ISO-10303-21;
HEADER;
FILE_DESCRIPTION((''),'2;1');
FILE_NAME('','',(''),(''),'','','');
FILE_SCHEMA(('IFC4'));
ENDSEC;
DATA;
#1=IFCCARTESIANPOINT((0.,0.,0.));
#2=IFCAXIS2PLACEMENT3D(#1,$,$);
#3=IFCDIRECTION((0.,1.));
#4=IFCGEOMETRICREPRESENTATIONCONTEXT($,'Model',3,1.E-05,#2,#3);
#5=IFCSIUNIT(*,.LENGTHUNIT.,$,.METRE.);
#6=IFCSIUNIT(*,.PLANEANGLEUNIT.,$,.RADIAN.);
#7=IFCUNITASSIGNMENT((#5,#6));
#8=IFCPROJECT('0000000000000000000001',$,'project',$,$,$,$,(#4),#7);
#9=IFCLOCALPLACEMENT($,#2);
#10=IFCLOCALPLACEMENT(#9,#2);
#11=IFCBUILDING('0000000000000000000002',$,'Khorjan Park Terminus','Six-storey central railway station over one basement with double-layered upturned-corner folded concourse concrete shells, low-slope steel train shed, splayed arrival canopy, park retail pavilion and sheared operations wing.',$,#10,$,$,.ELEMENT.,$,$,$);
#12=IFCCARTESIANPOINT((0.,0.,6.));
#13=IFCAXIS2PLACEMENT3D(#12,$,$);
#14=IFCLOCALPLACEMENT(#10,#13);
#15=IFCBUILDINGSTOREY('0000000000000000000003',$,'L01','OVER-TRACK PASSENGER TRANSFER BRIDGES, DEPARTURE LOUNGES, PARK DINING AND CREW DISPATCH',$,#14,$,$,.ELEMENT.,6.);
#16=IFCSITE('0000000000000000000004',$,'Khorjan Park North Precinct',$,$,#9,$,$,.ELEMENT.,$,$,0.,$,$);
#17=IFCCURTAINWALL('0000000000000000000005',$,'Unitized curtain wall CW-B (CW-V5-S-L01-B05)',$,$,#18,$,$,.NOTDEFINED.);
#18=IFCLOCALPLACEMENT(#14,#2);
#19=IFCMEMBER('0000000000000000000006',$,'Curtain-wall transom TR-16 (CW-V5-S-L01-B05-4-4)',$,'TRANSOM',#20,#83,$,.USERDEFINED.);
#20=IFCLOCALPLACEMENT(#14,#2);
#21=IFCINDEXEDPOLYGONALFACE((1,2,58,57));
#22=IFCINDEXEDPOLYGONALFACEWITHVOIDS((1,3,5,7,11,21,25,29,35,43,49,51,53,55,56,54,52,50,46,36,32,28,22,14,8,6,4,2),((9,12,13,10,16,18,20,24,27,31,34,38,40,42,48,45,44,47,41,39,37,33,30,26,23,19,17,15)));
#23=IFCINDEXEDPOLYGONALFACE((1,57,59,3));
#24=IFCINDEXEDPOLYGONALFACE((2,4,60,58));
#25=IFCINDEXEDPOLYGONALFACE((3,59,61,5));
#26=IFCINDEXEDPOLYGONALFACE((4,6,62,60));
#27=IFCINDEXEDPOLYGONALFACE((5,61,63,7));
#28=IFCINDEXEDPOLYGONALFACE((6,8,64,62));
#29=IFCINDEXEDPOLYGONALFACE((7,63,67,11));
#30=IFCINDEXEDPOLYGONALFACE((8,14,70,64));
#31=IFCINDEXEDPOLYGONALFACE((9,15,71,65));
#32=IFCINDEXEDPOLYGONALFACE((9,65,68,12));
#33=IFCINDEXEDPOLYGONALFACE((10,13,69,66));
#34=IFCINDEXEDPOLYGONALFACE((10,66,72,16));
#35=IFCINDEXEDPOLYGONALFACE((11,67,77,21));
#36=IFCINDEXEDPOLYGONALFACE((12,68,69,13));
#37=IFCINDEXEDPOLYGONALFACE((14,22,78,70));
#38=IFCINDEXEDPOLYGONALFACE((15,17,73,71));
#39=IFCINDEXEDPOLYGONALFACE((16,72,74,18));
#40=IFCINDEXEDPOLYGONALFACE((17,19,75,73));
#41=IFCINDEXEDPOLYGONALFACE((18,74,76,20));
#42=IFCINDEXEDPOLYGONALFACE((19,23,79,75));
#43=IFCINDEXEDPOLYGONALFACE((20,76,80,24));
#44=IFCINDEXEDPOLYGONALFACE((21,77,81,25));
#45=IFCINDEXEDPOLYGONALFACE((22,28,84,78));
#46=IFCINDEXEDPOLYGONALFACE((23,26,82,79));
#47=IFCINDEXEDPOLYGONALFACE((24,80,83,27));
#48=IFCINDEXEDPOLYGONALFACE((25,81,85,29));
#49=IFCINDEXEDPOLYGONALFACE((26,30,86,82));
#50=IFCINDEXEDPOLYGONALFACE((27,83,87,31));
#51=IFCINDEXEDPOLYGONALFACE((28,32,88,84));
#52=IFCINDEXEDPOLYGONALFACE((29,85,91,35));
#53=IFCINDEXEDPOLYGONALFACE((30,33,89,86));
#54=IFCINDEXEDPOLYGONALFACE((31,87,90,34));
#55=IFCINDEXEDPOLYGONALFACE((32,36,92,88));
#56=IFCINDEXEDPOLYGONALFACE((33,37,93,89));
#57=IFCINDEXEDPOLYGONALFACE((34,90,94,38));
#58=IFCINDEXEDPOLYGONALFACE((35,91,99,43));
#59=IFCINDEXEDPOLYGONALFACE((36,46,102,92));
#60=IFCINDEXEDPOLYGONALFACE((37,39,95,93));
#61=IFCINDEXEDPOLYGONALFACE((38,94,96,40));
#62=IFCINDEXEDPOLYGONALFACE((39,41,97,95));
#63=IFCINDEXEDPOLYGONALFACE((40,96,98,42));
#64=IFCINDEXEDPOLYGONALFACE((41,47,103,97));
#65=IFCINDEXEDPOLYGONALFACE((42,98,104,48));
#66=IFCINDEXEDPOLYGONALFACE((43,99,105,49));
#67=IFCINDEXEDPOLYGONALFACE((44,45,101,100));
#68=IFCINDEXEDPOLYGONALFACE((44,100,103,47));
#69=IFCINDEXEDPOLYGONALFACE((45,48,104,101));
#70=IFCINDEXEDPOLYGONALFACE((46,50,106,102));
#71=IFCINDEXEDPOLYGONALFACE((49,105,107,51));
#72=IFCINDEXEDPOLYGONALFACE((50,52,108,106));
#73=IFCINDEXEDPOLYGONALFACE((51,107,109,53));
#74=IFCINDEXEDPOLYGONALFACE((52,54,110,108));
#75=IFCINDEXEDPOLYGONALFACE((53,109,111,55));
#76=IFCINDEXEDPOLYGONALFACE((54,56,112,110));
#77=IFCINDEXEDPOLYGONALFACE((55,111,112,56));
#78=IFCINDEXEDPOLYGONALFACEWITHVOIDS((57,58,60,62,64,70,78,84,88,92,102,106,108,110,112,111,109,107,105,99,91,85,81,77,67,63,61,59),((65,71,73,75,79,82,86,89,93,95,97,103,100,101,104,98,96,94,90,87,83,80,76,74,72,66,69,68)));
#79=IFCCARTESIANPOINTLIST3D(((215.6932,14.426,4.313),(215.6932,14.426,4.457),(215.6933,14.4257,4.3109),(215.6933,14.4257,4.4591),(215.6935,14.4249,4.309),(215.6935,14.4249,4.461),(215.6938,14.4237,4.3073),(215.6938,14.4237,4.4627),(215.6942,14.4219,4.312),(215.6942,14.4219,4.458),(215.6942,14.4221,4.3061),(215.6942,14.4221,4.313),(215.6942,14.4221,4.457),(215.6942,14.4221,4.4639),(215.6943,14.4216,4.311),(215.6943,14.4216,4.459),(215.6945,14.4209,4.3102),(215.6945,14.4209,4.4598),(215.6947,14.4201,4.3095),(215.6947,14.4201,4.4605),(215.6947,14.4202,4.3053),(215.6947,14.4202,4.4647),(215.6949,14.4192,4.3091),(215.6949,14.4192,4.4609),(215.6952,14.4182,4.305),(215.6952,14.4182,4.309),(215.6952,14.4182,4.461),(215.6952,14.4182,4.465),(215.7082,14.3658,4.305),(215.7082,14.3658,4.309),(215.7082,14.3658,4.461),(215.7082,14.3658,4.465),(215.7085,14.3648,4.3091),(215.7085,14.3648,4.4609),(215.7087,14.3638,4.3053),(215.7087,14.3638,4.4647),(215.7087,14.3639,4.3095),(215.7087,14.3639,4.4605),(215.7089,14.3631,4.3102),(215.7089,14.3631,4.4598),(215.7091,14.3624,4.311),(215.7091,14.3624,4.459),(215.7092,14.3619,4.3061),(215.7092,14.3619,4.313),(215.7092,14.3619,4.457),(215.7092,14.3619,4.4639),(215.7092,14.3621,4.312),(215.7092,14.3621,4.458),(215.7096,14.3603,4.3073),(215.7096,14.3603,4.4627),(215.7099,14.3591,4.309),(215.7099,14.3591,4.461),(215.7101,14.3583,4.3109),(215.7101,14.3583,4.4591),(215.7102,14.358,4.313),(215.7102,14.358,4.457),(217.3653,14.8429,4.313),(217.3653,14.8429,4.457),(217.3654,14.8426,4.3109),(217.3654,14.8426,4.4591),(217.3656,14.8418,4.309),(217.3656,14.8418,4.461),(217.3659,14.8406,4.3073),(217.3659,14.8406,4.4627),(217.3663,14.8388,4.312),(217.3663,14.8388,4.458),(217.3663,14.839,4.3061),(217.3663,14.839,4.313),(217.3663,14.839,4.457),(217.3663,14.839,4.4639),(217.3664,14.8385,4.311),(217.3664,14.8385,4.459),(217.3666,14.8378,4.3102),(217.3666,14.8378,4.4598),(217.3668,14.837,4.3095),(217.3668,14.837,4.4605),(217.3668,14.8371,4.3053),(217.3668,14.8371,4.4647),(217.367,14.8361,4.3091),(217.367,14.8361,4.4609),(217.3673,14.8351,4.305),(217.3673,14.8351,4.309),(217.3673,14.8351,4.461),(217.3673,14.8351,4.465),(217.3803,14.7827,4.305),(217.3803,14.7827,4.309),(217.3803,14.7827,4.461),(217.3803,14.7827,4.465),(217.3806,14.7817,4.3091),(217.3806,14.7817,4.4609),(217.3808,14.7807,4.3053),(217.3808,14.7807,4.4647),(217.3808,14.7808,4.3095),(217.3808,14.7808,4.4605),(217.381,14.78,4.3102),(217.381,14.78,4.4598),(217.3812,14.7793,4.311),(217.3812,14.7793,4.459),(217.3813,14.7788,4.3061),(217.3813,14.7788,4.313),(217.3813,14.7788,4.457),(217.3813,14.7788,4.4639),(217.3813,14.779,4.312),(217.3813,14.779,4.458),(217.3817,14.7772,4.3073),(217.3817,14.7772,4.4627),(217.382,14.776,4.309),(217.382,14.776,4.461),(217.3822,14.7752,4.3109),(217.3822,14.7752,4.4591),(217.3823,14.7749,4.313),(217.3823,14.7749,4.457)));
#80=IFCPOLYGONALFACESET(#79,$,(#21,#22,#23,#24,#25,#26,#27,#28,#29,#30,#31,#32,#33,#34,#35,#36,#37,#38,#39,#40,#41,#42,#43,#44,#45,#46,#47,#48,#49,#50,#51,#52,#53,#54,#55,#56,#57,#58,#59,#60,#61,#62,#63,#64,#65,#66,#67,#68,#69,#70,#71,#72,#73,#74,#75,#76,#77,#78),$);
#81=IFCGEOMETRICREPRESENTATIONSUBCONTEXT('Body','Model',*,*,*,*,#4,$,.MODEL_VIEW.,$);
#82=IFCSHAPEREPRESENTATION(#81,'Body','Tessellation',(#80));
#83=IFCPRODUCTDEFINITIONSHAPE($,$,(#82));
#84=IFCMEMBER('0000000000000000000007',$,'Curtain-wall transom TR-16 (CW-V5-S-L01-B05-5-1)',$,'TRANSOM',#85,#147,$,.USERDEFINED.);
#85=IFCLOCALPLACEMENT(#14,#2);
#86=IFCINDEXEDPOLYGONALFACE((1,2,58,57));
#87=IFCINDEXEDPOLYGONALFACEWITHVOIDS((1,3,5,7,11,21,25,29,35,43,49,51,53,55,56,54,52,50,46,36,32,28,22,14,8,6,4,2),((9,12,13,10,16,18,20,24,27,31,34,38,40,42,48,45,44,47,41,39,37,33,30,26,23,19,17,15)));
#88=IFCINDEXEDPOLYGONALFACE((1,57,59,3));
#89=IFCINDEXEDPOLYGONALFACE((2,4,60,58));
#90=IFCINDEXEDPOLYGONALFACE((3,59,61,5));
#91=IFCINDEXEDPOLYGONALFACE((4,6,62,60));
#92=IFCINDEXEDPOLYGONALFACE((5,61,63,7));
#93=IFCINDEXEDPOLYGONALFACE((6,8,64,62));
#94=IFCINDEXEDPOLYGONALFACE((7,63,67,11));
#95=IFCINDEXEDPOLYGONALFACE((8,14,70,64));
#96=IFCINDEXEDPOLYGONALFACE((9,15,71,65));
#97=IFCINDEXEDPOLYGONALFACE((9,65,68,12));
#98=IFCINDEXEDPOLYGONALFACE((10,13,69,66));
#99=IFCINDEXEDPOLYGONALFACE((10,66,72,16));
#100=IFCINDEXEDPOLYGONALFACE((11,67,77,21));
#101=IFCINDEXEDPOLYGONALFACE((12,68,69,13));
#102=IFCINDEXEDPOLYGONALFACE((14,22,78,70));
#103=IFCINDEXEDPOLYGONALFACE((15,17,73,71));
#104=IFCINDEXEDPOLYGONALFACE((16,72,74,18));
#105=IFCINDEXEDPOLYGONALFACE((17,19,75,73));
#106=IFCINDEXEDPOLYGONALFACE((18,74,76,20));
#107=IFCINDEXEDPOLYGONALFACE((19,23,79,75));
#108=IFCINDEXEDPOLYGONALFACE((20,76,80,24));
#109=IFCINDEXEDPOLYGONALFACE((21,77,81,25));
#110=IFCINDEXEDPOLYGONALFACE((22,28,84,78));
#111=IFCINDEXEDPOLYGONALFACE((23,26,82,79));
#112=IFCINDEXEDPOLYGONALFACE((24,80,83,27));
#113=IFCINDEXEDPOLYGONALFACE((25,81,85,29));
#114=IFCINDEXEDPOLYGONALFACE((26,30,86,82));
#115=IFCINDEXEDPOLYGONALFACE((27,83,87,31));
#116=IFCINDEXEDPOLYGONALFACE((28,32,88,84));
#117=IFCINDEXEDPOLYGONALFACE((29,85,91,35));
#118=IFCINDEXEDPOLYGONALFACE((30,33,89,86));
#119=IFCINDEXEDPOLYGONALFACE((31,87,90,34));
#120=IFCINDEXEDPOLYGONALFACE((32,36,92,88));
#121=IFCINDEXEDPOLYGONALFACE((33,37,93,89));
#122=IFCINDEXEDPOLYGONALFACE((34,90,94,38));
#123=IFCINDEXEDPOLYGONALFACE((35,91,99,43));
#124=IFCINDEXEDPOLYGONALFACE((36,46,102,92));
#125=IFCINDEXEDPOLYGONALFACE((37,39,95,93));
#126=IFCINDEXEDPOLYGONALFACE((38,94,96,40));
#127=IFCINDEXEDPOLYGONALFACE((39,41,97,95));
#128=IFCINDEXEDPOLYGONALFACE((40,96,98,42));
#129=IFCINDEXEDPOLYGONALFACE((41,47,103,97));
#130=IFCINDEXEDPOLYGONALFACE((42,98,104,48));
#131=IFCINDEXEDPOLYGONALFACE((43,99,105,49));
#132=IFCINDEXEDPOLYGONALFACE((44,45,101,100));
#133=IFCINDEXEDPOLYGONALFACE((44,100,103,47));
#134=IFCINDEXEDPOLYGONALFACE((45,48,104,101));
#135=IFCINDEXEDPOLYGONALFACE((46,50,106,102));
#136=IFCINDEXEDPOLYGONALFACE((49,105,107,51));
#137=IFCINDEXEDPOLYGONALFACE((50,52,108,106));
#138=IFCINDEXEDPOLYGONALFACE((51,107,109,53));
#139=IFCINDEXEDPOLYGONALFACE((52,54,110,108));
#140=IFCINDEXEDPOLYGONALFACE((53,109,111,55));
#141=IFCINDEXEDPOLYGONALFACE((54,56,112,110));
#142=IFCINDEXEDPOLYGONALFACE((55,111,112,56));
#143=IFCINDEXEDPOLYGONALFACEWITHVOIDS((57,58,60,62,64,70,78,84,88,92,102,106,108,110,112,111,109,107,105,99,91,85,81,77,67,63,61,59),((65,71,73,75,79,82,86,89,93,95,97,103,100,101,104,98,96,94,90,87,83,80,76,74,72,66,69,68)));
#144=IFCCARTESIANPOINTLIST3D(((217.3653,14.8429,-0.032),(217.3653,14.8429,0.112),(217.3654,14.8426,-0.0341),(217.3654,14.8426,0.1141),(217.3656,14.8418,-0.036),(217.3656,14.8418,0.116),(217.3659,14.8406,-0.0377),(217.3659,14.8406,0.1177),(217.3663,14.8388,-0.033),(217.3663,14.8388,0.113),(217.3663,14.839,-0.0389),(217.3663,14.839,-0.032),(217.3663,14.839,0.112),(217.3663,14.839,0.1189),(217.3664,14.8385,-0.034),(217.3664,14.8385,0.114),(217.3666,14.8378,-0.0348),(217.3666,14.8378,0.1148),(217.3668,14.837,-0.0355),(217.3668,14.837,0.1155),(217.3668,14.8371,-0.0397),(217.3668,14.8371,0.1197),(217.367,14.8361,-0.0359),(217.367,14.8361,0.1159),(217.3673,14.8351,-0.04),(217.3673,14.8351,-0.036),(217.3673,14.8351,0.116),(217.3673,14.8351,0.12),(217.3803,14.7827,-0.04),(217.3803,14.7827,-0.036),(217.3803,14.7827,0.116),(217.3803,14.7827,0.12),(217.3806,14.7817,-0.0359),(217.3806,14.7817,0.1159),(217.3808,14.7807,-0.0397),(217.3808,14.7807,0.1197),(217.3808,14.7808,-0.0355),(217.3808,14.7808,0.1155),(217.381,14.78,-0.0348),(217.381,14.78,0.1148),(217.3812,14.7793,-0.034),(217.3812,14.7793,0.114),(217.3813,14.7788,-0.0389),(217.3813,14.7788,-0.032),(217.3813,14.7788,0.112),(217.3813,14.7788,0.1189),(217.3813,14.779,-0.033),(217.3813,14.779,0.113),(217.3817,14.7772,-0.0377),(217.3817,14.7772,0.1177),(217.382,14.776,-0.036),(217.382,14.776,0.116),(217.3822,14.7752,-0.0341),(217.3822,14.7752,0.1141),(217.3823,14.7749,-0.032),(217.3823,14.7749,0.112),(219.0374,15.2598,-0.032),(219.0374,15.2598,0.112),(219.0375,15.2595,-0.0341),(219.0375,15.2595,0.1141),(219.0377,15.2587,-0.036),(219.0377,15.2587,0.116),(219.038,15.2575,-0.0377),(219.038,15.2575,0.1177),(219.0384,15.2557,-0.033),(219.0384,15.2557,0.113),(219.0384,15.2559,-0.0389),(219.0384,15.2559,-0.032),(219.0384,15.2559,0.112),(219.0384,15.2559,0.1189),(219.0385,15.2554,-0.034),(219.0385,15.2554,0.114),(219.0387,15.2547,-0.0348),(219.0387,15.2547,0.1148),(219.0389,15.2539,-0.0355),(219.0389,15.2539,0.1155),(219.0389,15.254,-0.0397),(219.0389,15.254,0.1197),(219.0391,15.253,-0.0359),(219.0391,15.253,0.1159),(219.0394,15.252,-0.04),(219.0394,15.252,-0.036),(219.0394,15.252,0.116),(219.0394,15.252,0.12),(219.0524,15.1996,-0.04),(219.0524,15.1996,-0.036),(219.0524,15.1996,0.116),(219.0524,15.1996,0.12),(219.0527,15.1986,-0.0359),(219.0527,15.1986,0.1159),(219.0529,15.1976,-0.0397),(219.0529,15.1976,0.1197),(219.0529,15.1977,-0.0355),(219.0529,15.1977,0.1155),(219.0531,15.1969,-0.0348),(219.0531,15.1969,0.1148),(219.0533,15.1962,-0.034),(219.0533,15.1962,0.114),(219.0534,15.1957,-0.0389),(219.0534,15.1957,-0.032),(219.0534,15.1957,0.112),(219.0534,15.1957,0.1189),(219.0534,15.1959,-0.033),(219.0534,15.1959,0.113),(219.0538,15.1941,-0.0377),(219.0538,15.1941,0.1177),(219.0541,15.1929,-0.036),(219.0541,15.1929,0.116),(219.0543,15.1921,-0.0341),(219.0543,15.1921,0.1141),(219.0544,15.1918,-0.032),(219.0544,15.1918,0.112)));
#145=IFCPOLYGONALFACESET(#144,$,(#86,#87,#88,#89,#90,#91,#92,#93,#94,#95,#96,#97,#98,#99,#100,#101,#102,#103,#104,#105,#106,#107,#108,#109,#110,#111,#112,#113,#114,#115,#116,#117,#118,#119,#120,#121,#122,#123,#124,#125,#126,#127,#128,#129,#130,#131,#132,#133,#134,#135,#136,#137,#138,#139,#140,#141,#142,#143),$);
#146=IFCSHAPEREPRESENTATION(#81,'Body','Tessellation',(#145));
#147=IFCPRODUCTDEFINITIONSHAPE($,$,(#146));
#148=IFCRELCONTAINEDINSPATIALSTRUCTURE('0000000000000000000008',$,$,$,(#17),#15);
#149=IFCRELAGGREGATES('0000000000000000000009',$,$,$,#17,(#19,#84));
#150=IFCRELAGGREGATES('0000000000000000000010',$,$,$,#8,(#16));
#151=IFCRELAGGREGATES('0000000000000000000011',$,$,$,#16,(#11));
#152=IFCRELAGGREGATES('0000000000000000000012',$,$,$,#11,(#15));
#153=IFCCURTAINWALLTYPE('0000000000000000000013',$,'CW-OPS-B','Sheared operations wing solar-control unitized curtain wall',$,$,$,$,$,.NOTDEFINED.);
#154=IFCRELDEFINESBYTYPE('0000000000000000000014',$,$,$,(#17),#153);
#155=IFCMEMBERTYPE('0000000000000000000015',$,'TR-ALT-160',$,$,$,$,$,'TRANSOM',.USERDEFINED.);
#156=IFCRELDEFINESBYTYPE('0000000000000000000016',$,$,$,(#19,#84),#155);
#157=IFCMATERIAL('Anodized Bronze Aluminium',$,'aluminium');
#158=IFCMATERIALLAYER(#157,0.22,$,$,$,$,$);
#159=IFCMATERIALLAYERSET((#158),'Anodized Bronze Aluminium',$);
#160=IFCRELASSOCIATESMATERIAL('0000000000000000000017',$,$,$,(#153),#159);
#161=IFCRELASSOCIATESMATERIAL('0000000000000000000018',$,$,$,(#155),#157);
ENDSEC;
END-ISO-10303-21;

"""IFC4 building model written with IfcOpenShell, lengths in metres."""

from ifc_helpers import new_model, si_unit, direction, frame, origin, origin_2d, place, context, subcontext, project, spatial, hollow_rectangle, extrude, material, layer, layer_set, material_profile, profile_set, type_object, element, aggregate, save


model = new_model("IFC4")

# Units and contexts
model_context = context("Model", 3, precision=1e-05, world=origin(), true_north=direction((0.0, 1.0)))
body_context = subcontext(model_context, "Body", "Model", "MODEL_VIEW")
ifc_project = project(units=[si_unit("LENGTHUNIT", "METRE"), si_unit("PLANEANGLEUNIT", "RADIAN")], contexts=[model_context])

# Site, building, storey
site_placement = place(None, origin())
site = spatial("IfcSite", under=ifc_project, at=site_placement, Name="Khorjan Park North Precinct", CompositionType="ELEMENT", RefElevation=0.0)
building_placement = place(site_placement, origin())
building = spatial("IfcBuilding", under=site, at=building_placement, Name="Khorjan Park Terminus", Description="Six-storey central railway station over one basement with double-layered upturned-corner folded concourse concrete shells, low-slope steel train shed, splayed arrival canopy, park retail pavilion and sheared operations wing.", CompositionType="ELEMENT")
storey_placement = place(building_placement, frame((0.0, 0.0, 6.0)))
storey = spatial("IfcBuildingStorey", under=building, at=storey_placement, Name="L01", Description="OVER-TRACK PASSENGER TRANSFER BRIDGES, DEPARTURE LOUNGES, PARK DINING AND CREW DISPATCH", CompositionType="ELEMENT", Elevation=6.0)

# Curtain wall, members
ifc_material_1 = material(Name="Anodized Bronze Aluminium", Category="aluminium")
ifc_layer_1 = layer(ifc_material_1, 0.22)
ifc_layer_set_1 = layer_set([ifc_layer_1], Name="Anodized Bronze Aluminium")
curtain_wall_type = type_object("IfcCurtainWallType", Name="CW-OPS-B", Description="Sheared operations wing solar-control unitized curtain wall", PredefinedType="NOTDEFINED", material=ifc_layer_set_1)
curtain_wall_placement = place(storey_placement, origin())
curtain_wall = element("IfcCurtainWall", 1, at=curtain_wall_placement, inside=storey, type_object=curtain_wall_type, Name="Unitized curtain wall CW-B (CW-V5-S-L01-B05)", PredefinedType="NOTDEFINED")
ifc_material_profile_1 = material_profile(ifc_material_1, hollow_rectangle(XDim=0.07, YDim=0.16, WallThickness=0.004, InnerFilletRadius=0.004, OuterFilletRadius=0.008, at=origin_2d()), Name="ALT 70x160x4")
ifc_profile_set_1 = profile_set([ifc_material_profile_1], Name="Anodized Bronze Aluminium")
member_type_1 = type_object("IfcMemberType", Name="TR-ALT-160", ElementType="TRANSOM", PredefinedType="USERDEFINED", material=ifc_profile_set_1)
member_1_placement = place(storey_placement, frame((215.7017, 14.392, 4.385), z_axis=(0.970296, 0.241921, 0.0), x_axis=(-0.241921, 0.970296, 0.0)))
member_1 = element("IfcMember", 2, at=member_1_placement, type_object=member_type_1, Name="Curtain-wall transom TR-16 (CW-V5-S-L01-B05-4-4)", ObjectType="TRANSOM", PredefinedType="USERDEFINED", context=body_context, shape_type="SweptSolid", body=[
    extrude(hollow_rectangle(XDim=0.07, YDim=0.16, WallThickness=0.004, InnerFilletRadius=0.004, OuterFilletRadius=0.008, at=origin_2d()), origin(), (0.0, 0.0, 1.0), 1.7233),
])
member_2_placement = place(storey_placement, frame((217.3738, 14.8089, 0.04), z_axis=(0.970296, 0.241921, 0.0), x_axis=(-0.241921, 0.970296, 0.0)))
member_2 = element("IfcMember", 3, at=member_2_placement, type_object=member_type_1, Name="Curtain-wall transom TR-16 (CW-V5-S-L01-B05-5-1)", ObjectType="TRANSOM", PredefinedType="USERDEFINED", context=body_context, shape_type="SweptSolid", body=[
    extrude(hollow_rectangle(XDim=0.07, YDim=0.16, WallThickness=0.004, InnerFilletRadius=0.004, OuterFilletRadius=0.008, at=origin_2d()), origin(), (0.0, 0.0, 1.0), 1.7233),
])
aggregate(curtain_wall, [member_1, member_2])

save(model, "model.ifc")
